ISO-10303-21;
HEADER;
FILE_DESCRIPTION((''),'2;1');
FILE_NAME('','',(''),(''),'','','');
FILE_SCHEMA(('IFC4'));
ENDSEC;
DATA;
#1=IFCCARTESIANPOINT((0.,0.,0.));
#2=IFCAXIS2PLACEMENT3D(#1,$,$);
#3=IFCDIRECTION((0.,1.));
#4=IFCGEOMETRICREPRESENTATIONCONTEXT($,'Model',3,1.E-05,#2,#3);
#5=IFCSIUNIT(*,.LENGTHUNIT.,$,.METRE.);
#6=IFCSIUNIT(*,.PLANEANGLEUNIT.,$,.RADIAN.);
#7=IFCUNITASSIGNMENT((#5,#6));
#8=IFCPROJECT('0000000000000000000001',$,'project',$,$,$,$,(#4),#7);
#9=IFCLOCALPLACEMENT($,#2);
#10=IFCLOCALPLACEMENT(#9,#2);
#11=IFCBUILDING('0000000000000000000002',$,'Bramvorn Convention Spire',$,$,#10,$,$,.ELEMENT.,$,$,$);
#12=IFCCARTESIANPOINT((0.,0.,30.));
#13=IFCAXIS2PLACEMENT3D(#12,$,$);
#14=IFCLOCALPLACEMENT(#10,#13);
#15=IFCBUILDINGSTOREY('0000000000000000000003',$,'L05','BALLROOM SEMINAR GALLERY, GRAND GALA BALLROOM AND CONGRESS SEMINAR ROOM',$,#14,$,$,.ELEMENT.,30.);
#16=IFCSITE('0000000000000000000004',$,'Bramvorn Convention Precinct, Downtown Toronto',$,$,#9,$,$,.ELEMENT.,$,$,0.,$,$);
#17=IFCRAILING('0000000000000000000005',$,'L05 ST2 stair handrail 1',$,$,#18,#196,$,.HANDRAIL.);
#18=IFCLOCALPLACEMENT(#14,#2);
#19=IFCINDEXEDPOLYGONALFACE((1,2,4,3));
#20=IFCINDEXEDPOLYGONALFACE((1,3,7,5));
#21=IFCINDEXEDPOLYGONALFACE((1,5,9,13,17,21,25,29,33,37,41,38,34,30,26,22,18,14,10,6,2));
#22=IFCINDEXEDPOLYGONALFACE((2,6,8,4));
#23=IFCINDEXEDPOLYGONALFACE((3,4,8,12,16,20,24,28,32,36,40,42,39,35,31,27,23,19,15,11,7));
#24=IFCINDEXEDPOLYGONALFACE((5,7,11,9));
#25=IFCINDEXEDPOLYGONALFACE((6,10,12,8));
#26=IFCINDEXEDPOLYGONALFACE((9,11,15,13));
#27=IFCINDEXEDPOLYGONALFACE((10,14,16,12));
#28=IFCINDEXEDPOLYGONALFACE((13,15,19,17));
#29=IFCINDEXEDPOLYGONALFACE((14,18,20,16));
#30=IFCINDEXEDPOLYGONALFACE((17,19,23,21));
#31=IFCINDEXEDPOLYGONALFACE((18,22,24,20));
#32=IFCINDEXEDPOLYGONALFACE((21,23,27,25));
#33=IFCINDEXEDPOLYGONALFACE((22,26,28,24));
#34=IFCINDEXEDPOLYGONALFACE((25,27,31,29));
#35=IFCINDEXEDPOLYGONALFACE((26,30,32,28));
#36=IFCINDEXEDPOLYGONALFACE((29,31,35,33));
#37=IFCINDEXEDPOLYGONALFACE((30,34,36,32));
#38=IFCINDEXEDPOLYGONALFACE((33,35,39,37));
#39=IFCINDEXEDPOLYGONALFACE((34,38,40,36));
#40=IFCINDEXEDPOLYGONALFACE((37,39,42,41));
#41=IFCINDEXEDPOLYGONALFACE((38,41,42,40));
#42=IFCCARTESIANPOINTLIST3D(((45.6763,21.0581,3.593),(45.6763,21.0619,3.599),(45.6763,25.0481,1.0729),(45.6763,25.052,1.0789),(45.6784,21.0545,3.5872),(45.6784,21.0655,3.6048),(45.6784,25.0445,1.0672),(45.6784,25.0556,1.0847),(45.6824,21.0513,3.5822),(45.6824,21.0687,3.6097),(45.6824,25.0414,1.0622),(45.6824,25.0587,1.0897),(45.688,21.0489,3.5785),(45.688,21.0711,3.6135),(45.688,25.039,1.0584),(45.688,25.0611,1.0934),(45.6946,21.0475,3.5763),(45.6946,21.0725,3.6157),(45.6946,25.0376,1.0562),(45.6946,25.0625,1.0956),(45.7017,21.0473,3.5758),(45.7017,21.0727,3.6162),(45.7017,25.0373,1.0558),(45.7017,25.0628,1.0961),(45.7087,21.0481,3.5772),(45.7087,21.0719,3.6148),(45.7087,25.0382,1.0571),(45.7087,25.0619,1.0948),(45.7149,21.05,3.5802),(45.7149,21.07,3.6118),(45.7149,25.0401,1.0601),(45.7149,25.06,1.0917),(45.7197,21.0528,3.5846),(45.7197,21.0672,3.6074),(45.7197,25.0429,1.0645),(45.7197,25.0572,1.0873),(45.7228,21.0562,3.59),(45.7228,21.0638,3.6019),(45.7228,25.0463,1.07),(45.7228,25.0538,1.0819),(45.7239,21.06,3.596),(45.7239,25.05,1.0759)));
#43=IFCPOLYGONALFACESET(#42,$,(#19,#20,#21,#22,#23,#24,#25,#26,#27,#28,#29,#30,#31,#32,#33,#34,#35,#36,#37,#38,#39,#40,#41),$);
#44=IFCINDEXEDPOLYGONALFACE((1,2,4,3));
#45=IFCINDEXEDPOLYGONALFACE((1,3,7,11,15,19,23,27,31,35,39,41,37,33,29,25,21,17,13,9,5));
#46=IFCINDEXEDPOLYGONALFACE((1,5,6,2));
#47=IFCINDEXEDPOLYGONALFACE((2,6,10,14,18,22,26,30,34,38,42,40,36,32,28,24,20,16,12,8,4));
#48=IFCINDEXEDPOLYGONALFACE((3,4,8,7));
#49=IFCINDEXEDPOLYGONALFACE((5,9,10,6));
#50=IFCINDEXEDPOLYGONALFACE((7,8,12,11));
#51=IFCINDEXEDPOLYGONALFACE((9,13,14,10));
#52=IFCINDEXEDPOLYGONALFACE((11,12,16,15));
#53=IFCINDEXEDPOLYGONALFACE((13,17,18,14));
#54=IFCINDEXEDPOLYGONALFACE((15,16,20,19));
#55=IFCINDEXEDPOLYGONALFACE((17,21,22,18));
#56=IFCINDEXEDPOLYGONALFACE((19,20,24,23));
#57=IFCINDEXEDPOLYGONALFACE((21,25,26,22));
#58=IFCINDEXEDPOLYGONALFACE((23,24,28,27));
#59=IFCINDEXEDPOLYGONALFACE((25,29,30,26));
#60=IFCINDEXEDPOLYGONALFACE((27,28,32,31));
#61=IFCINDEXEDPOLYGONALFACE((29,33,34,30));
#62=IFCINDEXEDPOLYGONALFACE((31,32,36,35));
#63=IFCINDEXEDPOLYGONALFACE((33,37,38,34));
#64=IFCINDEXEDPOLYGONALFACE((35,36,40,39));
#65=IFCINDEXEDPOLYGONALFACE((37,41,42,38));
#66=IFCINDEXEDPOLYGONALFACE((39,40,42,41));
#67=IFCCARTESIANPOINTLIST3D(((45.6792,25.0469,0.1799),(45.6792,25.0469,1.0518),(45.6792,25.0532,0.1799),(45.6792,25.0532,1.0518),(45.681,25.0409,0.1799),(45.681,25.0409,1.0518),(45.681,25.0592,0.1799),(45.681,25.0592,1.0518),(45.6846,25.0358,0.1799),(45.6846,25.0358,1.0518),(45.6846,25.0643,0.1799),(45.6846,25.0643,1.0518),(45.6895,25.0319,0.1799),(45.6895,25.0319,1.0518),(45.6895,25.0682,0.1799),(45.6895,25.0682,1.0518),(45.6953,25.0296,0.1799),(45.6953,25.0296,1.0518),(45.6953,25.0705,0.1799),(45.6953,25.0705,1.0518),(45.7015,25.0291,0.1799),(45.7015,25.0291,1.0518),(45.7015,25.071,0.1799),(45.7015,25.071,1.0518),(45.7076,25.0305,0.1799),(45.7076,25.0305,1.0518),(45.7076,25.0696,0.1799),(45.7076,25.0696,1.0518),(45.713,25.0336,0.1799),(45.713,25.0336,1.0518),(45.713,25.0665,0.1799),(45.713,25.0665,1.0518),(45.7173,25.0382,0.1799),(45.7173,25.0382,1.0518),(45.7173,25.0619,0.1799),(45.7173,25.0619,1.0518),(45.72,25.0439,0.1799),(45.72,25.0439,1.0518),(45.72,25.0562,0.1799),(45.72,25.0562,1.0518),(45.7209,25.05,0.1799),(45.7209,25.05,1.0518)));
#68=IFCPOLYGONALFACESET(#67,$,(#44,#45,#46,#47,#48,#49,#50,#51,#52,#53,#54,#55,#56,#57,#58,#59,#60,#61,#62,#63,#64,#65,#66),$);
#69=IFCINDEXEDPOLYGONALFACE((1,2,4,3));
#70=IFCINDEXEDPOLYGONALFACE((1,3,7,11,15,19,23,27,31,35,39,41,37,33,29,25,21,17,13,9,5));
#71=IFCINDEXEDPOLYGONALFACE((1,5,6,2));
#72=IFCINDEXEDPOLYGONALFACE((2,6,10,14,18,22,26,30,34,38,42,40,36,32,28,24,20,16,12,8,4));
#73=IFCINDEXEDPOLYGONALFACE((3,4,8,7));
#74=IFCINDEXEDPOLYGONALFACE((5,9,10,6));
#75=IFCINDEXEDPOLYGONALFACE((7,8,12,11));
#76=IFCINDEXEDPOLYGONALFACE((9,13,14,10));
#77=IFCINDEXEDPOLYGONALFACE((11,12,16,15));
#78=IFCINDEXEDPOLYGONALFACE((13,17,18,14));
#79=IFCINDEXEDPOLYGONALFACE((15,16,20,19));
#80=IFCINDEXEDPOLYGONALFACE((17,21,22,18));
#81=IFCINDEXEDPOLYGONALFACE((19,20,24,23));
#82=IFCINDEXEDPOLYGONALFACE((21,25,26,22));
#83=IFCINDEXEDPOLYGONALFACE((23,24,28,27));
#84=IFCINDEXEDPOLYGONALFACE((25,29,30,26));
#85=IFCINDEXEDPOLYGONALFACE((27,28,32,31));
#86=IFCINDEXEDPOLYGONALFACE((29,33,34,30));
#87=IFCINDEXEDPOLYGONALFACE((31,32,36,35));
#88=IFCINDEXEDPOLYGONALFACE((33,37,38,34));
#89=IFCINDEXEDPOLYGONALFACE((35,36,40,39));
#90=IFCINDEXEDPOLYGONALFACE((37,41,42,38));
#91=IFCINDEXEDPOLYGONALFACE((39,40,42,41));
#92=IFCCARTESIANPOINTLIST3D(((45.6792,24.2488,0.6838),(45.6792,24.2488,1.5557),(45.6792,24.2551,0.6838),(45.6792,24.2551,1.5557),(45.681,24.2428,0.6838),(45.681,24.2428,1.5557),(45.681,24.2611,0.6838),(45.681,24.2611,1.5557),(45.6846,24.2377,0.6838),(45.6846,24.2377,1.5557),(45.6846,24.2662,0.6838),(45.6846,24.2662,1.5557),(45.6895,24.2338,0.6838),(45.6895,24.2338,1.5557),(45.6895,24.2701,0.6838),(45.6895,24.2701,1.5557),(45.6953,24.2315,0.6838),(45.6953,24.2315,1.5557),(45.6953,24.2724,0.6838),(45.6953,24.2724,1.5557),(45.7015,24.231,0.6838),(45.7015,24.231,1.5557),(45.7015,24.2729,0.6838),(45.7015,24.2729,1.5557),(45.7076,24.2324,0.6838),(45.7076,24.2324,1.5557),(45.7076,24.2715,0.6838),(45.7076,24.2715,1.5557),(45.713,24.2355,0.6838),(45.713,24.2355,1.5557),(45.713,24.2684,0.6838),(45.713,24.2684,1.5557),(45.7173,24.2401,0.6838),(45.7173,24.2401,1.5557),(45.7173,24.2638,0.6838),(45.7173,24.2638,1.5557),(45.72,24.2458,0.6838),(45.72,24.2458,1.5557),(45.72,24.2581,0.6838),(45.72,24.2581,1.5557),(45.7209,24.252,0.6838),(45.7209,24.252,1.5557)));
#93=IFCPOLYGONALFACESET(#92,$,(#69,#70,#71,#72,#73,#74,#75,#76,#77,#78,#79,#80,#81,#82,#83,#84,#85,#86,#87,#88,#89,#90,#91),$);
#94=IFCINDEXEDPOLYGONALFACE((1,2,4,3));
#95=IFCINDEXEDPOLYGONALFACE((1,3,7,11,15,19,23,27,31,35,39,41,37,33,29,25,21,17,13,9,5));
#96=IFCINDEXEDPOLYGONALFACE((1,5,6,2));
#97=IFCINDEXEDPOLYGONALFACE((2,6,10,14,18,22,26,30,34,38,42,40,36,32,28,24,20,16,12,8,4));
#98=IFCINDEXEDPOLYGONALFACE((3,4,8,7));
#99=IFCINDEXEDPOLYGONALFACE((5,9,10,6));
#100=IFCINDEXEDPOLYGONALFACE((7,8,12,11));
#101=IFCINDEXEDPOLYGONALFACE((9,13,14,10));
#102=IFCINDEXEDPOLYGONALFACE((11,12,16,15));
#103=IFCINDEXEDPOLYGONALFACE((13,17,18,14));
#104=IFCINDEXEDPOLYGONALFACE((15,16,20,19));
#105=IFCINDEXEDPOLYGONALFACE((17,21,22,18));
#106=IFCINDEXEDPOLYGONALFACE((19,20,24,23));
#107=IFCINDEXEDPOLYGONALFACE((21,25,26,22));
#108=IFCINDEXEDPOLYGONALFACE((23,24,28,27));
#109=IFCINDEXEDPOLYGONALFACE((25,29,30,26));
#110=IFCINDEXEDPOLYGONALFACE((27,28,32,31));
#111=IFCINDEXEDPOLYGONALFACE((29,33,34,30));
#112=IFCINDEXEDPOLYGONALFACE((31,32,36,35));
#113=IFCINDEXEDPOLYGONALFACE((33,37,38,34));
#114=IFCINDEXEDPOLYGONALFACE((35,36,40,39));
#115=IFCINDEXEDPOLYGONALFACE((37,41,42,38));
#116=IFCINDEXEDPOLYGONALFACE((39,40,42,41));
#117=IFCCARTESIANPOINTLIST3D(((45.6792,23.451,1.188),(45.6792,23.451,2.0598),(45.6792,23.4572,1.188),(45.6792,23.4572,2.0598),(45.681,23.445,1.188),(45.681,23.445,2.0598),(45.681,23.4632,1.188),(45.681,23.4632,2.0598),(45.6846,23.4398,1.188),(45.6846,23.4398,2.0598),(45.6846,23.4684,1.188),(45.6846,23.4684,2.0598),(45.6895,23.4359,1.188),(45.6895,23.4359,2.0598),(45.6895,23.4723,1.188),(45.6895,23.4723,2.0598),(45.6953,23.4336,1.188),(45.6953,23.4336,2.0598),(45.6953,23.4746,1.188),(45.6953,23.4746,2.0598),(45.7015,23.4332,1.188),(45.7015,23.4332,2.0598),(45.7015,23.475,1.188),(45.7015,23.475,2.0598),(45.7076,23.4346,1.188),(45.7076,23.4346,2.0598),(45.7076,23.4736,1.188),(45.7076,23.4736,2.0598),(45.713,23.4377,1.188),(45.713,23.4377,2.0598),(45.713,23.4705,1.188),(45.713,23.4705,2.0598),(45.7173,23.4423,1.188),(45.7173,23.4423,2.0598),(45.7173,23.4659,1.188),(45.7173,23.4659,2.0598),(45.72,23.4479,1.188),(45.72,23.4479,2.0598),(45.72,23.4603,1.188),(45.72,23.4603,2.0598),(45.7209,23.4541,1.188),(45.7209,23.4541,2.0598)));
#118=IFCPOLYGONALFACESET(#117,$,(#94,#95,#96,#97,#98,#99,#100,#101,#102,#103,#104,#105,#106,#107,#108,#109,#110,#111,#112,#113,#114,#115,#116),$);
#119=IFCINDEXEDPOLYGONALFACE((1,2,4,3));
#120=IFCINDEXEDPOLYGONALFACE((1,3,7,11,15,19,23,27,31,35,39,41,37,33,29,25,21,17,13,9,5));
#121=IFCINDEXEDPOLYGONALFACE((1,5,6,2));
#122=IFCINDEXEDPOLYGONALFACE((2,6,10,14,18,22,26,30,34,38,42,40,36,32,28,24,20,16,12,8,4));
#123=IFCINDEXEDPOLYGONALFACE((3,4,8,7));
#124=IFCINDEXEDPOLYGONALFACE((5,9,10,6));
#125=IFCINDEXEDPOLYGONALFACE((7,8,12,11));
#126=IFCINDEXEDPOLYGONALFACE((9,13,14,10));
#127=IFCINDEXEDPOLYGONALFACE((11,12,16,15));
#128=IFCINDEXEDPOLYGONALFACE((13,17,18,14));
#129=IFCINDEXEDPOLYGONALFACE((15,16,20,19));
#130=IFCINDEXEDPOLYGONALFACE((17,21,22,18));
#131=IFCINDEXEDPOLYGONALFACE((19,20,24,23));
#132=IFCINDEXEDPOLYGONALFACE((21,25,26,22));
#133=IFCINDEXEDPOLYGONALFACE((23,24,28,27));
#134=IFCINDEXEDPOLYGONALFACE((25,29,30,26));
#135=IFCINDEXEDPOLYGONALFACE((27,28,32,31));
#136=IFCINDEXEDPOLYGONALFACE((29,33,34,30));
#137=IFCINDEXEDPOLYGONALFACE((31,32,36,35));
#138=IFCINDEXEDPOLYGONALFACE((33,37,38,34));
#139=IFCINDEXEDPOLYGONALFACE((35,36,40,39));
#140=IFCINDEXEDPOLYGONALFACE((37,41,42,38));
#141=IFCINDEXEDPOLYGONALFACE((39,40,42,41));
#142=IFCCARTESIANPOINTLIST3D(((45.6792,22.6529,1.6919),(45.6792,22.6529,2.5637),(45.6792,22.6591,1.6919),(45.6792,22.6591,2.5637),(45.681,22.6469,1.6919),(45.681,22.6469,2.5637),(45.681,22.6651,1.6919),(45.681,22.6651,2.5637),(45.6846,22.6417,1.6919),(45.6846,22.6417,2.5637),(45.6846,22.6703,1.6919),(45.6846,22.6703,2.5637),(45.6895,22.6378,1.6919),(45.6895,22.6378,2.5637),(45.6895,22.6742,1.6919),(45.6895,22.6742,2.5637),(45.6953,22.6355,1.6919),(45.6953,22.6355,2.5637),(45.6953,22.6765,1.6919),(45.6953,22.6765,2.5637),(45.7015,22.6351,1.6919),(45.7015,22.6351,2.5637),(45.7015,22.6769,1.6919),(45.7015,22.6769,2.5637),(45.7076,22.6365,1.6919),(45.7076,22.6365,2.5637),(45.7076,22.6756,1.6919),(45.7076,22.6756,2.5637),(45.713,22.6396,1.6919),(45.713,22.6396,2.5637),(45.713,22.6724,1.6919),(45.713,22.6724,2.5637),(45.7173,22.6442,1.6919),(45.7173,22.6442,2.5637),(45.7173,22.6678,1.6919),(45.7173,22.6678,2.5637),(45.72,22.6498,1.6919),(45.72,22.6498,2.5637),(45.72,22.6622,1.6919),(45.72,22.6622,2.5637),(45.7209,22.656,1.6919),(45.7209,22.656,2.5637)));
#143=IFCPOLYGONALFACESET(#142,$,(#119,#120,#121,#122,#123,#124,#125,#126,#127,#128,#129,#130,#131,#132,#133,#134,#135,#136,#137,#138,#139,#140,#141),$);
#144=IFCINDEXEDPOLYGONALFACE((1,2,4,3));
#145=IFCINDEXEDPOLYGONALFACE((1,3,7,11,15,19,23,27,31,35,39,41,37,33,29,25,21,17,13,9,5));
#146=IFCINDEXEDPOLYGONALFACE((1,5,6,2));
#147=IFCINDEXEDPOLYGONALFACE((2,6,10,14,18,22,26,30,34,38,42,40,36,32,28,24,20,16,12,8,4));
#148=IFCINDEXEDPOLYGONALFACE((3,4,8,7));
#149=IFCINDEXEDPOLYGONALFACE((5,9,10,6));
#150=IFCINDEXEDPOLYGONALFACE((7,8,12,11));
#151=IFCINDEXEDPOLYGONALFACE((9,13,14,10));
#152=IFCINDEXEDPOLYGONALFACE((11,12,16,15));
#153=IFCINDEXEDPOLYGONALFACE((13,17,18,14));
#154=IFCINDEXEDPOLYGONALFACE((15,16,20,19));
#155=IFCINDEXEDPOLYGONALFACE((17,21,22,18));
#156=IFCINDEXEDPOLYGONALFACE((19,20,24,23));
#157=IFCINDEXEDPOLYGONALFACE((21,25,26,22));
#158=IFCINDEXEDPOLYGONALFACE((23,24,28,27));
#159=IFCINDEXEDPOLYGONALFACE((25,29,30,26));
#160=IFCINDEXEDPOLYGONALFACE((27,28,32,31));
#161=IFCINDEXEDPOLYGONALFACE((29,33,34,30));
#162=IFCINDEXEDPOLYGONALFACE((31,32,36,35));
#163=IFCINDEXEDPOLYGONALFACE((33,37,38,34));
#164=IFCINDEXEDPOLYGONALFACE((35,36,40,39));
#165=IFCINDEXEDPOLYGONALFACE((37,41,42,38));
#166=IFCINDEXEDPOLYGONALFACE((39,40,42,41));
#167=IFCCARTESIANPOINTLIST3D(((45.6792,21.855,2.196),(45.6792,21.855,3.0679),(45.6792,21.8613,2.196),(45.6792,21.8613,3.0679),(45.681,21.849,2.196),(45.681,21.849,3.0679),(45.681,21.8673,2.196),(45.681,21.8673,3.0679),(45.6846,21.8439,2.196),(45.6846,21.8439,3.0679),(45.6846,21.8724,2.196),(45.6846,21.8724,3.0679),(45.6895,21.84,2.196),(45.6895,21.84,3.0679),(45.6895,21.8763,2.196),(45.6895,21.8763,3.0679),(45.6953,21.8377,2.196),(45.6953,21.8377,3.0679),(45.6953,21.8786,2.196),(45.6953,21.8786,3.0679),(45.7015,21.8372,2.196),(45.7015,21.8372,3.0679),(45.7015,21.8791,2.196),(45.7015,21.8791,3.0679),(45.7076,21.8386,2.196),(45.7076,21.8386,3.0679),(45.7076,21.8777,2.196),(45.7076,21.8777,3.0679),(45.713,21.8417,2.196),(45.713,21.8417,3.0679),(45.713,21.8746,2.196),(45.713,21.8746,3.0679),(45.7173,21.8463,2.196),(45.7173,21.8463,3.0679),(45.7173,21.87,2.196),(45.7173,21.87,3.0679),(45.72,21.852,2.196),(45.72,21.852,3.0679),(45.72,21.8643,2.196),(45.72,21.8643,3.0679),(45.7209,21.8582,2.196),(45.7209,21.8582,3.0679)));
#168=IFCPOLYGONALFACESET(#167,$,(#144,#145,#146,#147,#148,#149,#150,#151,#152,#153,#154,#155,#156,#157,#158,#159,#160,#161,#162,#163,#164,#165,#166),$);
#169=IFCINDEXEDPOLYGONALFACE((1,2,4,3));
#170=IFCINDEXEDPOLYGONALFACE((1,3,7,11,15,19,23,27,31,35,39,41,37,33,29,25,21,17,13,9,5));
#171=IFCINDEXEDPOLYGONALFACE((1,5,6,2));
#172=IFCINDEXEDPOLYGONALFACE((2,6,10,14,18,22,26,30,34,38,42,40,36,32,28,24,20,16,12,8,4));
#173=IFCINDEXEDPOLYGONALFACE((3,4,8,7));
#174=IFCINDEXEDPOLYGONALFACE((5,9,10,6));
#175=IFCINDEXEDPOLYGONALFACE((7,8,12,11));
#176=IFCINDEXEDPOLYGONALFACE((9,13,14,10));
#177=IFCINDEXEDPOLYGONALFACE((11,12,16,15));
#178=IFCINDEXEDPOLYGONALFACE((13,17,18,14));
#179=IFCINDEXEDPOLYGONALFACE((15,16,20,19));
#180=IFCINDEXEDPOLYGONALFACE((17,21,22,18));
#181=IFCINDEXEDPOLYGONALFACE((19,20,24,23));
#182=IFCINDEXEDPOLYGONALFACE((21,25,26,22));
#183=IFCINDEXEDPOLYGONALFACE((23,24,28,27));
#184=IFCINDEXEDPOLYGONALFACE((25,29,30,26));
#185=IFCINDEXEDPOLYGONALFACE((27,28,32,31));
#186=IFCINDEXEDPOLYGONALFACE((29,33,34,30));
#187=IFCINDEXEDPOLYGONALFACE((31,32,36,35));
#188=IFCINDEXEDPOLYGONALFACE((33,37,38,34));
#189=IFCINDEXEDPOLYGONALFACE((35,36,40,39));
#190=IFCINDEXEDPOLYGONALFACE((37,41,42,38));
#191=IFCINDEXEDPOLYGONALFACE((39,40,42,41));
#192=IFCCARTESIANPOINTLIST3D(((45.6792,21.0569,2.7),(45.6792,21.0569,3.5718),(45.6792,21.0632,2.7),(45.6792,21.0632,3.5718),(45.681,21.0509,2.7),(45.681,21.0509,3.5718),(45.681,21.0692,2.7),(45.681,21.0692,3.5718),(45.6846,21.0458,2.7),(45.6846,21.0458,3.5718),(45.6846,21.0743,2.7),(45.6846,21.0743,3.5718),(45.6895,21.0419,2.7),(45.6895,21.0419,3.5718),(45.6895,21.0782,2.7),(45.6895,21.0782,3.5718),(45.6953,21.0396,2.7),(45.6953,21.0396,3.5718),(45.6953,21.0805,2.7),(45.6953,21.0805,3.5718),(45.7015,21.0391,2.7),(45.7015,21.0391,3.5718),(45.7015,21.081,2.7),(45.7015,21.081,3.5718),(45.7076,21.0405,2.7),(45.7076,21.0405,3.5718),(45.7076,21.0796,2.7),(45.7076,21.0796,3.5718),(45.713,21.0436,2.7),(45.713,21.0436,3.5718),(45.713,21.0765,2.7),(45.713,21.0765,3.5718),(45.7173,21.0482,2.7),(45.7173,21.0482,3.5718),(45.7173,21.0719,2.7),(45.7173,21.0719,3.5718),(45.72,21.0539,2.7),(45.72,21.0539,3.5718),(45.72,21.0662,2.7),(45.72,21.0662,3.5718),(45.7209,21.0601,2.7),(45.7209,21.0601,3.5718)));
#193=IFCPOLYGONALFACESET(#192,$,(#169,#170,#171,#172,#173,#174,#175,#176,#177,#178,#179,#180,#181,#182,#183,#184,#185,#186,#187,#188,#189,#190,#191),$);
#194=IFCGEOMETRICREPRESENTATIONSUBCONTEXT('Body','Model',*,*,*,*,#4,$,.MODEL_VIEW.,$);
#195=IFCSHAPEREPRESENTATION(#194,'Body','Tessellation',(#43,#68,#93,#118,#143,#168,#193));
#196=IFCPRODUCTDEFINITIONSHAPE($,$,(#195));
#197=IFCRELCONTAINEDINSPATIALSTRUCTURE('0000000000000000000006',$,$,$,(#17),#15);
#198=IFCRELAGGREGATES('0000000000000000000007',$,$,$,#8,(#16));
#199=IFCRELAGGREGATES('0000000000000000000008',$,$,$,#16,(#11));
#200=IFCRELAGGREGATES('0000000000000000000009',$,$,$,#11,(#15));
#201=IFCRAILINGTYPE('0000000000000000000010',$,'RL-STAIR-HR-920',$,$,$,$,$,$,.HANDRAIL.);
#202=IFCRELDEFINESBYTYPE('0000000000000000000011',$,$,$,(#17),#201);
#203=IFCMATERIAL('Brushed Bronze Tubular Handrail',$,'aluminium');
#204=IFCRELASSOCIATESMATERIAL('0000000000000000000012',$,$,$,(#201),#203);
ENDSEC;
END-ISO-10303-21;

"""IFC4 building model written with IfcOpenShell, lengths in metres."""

from ifc_helpers import new_model, si_unit, direction, frame, origin, origin_2d, place, context, subcontext, project, spatial, circle, extrude, material, type_object, element, save


model = new_model("IFC4")

# Units and contexts
model_context = context("Model", 3, precision=1e-05, world=origin(), true_north=direction((0.0, 1.0)))
body_context = subcontext(model_context, "Body", "Model", "MODEL_VIEW")
ifc_project = project(units=[si_unit("LENGTHUNIT", "METRE"), si_unit("PLANEANGLEUNIT", "RADIAN")], contexts=[model_context])

# Site, building, storey
site_placement = place(None, origin())
site = spatial("IfcSite", under=ifc_project, at=site_placement, Name="Bramvorn Convention Precinct, Downtown Toronto", CompositionType="ELEMENT", RefElevation=0.0)
building_placement = place(site_placement, origin())
building = spatial("IfcBuilding", under=site, at=building_placement, Name="Bramvorn Convention Spire", CompositionType="ELEMENT")
storey_placement = place(building_placement, frame((0.0, 0.0, 30.0)))
storey = spatial("IfcBuildingStorey", under=building, at=storey_placement, Name="L05", Description="BALLROOM SEMINAR GALLERY, GRAND GALA BALLROOM AND CONGRESS SEMINAR ROOM", CompositionType="ELEMENT", Elevation=30.0)

# Railing
ifc_material_1 = material(Name="Brushed Bronze Tubular Handrail", Category="aluminium")
railing_type_1 = type_object("IfcRailingType", Name="RL-STAIR-HR-920", PredefinedType="HANDRAIL", material=ifc_material_1)
railing_1_placement = place(storey_placement, frame((45.7, 25.05, 0.1799)))
element("IfcRailing", 1, at=railing_1_placement, inside=storey, type_object=railing_type_1, Name="L05 ST2 stair handrail 1", PredefinedType="HANDRAIL", context=body_context, shape_type="SweptSolid", body=[
    extrude(circle(Radius=0.0239, at=origin_2d()), frame((0.0, 0.0, 0.896), z_axis=(0.0, -0.845486, 0.533997), x_axis=(1.0, 0.0, 0.0)), (0.0, 0.0, 1.0), 4.7192),
    extrude(circle(Radius=0.021, at=origin_2d()), origin(), (0.0, 0.0, 1.0), 0.8718),
    extrude(circle(Radius=0.021, at=origin_2d()), frame((0.0, -0.7981, 0.5039)), (0.0, 0.0, 1.0), 0.8718),
    extrude(circle(Radius=0.021, at=origin_2d()), frame((0.0, -1.5959, 1.0081)), (0.0, 0.0, 1.0), 0.8718),
    extrude(circle(Radius=0.021, at=origin_2d()), frame((0.0, -2.394, 1.512)), (0.0, 0.0, 1.0), 0.8718),
    extrude(circle(Radius=0.021, at=origin_2d()), frame((0.0, -3.1919, 2.0161)), (0.0, 0.0, 1.0), 0.8718),
    extrude(circle(Radius=0.021, at=origin_2d()), frame((0.0, -3.99, 2.52)), (0.0, 0.0, 1.0), 0.8718),
])

save(model, "model.ifc")
